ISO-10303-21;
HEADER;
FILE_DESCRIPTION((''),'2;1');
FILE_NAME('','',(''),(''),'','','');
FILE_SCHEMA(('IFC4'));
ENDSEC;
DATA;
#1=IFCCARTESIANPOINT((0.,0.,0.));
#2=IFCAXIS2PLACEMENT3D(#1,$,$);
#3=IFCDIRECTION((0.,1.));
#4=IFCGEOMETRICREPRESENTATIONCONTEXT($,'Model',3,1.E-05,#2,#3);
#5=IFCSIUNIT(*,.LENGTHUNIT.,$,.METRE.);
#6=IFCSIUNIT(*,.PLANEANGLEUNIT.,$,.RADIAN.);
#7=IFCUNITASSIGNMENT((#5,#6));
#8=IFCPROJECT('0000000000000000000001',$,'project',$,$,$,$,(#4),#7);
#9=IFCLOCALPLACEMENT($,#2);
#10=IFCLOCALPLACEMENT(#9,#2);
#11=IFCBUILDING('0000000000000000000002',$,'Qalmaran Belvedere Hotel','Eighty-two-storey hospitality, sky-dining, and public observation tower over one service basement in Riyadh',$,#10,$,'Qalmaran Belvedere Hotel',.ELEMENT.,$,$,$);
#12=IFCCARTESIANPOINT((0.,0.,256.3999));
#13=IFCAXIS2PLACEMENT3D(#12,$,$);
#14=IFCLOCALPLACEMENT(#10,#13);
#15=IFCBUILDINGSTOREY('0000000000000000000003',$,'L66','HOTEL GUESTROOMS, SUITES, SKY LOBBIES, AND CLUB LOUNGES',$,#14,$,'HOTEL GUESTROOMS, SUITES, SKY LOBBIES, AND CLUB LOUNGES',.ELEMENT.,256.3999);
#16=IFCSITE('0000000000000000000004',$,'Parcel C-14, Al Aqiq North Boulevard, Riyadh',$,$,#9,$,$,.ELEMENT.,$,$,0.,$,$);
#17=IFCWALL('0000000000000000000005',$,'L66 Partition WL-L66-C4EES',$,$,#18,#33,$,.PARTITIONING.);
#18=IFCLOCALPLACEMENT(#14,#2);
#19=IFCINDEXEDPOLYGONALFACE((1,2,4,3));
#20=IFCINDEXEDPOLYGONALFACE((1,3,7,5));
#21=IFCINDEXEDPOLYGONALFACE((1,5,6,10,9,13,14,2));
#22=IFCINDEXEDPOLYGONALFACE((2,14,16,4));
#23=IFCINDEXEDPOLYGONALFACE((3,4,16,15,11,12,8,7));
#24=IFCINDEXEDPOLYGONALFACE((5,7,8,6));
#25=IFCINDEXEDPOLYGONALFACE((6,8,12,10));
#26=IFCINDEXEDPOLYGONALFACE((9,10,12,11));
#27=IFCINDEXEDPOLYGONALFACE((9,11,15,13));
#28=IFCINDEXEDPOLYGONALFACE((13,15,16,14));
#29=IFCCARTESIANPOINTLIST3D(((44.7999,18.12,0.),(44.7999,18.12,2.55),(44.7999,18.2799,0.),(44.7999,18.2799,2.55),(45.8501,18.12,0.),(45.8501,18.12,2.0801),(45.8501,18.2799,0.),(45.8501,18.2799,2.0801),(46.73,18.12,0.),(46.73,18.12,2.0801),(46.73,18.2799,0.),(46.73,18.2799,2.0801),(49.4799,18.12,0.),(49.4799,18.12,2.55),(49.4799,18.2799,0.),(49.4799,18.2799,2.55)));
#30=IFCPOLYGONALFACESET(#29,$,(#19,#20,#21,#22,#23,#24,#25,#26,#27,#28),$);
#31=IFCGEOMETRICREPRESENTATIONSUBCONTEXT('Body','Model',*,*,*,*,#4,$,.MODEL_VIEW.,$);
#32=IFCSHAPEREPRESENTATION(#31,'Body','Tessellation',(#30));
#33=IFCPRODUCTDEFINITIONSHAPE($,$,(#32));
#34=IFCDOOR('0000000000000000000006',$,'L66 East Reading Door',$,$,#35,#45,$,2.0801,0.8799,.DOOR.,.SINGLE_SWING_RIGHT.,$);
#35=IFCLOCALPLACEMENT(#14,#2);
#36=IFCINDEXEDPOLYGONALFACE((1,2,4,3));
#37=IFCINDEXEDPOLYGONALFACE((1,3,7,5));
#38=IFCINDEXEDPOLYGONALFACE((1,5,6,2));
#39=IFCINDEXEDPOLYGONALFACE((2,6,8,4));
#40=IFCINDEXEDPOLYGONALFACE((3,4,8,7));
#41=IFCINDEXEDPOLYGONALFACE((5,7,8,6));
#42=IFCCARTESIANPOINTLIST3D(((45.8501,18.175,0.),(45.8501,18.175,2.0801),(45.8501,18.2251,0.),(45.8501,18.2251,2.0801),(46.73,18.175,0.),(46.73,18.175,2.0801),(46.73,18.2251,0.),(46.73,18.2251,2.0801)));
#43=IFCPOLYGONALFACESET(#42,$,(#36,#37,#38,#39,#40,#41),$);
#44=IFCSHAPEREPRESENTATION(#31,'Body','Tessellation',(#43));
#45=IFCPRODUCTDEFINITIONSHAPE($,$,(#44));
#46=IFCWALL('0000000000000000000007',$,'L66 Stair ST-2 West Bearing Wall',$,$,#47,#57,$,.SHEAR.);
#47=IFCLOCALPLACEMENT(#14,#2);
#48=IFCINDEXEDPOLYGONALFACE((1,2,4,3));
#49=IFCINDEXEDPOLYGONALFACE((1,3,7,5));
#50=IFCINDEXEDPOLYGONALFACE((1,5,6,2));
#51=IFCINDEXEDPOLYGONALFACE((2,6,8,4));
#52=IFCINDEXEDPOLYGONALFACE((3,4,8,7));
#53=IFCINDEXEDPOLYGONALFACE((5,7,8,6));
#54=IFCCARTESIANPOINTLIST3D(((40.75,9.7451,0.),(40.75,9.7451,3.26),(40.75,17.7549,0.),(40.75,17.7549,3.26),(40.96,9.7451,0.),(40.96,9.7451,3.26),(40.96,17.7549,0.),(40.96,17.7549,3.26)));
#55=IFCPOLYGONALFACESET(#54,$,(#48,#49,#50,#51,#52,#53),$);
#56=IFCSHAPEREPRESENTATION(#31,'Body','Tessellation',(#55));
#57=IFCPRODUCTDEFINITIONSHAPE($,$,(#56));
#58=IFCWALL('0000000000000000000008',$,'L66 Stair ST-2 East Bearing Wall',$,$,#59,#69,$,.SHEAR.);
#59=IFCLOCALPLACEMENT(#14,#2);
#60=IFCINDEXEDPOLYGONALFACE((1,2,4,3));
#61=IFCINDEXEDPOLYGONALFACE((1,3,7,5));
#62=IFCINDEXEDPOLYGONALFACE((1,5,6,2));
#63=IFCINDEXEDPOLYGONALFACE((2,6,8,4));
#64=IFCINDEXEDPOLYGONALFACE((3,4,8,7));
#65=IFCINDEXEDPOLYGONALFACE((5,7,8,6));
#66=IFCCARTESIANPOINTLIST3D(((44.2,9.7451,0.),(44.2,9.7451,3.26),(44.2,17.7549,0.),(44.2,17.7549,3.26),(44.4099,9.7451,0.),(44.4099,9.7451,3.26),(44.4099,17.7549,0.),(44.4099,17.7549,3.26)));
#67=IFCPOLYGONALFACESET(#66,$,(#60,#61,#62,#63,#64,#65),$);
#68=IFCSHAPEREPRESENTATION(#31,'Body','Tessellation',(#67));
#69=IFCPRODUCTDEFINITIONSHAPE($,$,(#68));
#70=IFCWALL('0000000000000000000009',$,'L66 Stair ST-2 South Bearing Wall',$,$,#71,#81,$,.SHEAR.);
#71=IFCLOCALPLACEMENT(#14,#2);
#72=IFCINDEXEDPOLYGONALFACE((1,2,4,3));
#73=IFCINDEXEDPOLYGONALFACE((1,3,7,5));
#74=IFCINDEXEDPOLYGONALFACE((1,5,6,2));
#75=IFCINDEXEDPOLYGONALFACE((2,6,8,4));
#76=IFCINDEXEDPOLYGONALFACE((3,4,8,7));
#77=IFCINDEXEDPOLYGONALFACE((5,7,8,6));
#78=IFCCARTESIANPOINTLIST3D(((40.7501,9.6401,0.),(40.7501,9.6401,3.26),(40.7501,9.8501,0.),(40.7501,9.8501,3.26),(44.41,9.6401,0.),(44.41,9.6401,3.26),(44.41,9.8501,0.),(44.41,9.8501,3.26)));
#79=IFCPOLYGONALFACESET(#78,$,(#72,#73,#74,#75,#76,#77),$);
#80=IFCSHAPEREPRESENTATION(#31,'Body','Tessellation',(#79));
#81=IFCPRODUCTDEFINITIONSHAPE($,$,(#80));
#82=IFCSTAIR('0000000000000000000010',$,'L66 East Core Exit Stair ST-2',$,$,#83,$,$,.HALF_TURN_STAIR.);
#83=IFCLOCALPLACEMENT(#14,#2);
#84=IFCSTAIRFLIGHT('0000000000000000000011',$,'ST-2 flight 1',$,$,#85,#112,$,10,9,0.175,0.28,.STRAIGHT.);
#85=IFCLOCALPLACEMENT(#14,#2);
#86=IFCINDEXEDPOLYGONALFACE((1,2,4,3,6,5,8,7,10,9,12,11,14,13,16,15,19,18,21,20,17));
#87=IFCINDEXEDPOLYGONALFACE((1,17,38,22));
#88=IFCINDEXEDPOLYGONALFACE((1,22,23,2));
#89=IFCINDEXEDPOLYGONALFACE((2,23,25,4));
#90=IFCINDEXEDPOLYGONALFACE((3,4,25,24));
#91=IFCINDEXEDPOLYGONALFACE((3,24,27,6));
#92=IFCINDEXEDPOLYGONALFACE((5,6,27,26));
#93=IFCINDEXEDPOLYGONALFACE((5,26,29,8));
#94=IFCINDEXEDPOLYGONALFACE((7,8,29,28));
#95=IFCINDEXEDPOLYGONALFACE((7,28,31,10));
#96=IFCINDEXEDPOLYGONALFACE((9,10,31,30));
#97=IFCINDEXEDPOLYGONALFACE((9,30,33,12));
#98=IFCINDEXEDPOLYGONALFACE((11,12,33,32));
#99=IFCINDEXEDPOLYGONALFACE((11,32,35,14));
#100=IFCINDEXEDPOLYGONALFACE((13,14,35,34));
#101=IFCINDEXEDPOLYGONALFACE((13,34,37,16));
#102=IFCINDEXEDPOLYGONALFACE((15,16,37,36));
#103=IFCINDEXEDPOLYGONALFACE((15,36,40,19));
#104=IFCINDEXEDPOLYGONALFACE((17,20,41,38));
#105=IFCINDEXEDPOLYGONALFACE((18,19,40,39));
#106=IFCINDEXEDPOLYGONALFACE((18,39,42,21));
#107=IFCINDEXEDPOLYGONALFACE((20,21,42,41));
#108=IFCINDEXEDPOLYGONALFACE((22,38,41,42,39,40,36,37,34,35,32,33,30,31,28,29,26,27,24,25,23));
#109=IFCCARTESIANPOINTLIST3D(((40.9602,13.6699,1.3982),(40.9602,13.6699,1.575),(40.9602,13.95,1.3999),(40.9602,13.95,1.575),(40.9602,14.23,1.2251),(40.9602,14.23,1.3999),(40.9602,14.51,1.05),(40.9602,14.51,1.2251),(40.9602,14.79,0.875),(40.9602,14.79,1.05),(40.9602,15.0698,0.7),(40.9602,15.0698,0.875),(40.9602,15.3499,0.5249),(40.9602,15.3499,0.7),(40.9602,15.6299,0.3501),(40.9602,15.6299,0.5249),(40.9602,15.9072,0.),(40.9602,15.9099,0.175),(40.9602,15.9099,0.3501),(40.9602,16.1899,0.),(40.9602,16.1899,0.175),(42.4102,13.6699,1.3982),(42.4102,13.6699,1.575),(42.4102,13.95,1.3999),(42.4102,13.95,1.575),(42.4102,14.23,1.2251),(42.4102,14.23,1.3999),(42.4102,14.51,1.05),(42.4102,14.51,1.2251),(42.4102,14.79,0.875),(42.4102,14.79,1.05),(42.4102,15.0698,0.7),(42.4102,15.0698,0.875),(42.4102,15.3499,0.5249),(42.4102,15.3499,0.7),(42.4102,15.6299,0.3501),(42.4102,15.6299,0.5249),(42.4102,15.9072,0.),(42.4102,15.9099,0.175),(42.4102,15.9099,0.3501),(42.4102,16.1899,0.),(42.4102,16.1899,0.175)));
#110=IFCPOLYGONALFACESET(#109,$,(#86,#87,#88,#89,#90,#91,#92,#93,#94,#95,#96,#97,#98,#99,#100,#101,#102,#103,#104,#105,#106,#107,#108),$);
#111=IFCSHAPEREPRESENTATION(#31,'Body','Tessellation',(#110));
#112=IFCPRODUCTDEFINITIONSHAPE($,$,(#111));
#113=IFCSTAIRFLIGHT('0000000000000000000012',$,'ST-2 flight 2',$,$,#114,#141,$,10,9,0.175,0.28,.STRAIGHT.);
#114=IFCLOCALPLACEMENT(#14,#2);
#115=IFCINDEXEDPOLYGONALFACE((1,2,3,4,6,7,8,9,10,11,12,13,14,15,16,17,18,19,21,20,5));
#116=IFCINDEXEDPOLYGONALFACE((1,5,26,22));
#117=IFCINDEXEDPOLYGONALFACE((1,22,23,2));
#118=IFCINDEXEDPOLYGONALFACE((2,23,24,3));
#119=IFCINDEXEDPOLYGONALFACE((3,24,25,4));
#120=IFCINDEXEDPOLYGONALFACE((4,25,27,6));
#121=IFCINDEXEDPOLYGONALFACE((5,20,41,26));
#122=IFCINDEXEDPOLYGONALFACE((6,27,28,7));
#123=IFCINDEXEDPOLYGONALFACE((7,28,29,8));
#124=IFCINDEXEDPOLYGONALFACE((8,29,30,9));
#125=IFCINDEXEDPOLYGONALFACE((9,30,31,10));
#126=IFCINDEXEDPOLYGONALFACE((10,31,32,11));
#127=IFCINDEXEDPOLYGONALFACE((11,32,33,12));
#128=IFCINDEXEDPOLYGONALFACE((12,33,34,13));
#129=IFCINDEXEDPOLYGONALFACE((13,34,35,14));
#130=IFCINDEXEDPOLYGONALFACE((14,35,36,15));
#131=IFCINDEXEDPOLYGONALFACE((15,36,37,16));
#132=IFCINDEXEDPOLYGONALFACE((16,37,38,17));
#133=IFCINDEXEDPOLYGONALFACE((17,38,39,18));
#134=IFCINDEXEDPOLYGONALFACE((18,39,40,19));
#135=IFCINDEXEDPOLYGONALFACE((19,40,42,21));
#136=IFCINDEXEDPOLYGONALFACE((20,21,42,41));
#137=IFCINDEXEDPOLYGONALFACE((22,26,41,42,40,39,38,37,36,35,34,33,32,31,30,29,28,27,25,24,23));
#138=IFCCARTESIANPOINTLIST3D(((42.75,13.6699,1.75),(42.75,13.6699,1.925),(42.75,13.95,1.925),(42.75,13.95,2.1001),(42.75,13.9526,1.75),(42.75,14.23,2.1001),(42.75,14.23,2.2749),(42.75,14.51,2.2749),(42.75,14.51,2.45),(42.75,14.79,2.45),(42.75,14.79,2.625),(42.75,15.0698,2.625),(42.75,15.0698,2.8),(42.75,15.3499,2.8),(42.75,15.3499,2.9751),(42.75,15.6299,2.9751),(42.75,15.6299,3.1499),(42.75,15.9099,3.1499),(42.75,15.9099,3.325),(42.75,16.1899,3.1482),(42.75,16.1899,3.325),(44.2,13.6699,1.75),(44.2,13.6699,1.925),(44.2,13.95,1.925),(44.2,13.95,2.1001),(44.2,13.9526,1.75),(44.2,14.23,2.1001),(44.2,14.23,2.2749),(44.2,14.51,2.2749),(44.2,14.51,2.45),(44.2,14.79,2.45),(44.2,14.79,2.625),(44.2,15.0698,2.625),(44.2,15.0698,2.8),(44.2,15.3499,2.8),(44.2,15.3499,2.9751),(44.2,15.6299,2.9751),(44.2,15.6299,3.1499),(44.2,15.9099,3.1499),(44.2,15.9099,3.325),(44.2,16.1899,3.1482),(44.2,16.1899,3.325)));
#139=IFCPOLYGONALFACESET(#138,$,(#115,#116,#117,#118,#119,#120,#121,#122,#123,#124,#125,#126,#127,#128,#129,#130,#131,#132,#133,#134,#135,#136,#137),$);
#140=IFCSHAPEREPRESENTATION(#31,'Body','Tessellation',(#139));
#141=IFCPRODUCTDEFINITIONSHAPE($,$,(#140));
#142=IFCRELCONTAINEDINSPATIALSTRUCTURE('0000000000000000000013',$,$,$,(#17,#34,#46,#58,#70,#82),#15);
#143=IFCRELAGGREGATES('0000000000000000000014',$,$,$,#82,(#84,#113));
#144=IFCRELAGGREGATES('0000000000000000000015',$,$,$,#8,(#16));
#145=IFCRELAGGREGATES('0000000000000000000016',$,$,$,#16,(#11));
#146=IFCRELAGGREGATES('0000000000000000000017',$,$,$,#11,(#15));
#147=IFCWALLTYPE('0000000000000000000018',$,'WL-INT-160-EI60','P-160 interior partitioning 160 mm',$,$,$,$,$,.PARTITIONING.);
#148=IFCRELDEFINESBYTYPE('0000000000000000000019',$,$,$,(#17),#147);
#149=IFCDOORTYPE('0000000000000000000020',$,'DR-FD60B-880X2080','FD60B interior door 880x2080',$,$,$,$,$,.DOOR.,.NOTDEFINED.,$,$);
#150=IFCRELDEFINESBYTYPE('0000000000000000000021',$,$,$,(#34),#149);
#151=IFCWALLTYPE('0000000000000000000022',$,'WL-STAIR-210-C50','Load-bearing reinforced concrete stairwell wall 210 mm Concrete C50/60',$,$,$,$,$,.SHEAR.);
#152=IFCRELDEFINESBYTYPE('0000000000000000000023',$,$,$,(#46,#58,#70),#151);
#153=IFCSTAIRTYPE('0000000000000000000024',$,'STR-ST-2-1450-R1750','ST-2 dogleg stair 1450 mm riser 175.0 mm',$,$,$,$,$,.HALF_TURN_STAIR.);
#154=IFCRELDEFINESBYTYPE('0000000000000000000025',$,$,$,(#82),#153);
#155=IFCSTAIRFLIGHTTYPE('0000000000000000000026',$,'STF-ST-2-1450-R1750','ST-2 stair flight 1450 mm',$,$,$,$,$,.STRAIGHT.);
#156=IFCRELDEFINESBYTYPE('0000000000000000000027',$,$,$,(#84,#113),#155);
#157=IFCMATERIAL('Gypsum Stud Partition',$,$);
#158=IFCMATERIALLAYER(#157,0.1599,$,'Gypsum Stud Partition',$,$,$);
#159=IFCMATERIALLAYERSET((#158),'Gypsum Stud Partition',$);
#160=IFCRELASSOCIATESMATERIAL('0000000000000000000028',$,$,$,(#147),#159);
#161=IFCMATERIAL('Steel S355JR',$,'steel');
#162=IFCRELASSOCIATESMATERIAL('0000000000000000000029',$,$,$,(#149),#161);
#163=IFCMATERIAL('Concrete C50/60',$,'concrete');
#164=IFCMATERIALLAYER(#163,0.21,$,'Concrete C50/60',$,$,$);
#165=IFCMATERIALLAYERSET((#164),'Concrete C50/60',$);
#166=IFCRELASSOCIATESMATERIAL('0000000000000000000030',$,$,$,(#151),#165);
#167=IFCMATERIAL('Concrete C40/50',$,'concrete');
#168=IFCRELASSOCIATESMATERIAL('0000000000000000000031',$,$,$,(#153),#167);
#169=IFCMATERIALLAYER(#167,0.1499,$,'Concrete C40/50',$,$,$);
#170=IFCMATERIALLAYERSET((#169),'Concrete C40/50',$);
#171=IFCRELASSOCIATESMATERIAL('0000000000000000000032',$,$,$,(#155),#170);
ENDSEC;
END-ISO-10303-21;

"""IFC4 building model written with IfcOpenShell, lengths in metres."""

from ifc_helpers import new_model, si_unit, direction, frame, frame_2d, origin, place, context, subcontext, project, spatial, polyline, rectangle, outline, extrude, material, layer, layer_set, type_object, element, fill, aggregate, save


model = new_model("IFC4")

# Units and contexts
model_context = context("Model", 3, precision=1e-05, world=origin(), true_north=direction((0.0, 1.0)))
body_context = subcontext(model_context, "Body", "Model", "MODEL_VIEW")
ifc_project = project(units=[si_unit("LENGTHUNIT", "METRE"), si_unit("PLANEANGLEUNIT", "RADIAN")], contexts=[model_context])

# Site, building, storey
site_placement = place(None, origin())
site = spatial("IfcSite", under=ifc_project, at=site_placement, Name="Parcel C-14, Al Aqiq North Boulevard, Riyadh", CompositionType="ELEMENT", RefElevation=0.0)
building_placement = place(site_placement, origin())
building = spatial("IfcBuilding", under=site, at=building_placement, Name="Qalmaran Belvedere Hotel", Description="Eighty-two-storey hospitality, sky-dining, and public observation tower over one service basement in Riyadh", LongName="Qalmaran Belvedere Hotel", CompositionType="ELEMENT")
storey_placement = place(building_placement, frame((0.0, 0.0, 256.3999)))
storey = spatial("IfcBuildingStorey", under=building, at=storey_placement, Name="L66", Description="HOTEL GUESTROOMS, SUITES, SKY LOBBIES, AND CLUB LOUNGES", LongName="HOTEL GUESTROOMS, SUITES, SKY LOBBIES, AND CLUB LOUNGES", CompositionType="ELEMENT", Elevation=256.3999)

# Shared definitions
ifc_material_1 = material(Name="Concrete C50/60", Category="concrete")

# Shared definitions
ifc_material_2 = material(Name="Steel S355JR", Category="steel")

# Wall, opening, door
ifc_material_3 = material(Name="Gypsum Stud Partition")
ifc_layer_1 = layer(ifc_material_3, 0.1599, Name="Gypsum Stud Partition")
ifc_layer_set_1 = layer_set([ifc_layer_1], Name="Gypsum Stud Partition")
wall_type_1 = type_object("IfcWallType", Name="WL-INT-160-EI60", Description="P-160 interior partitioning 160 mm", PredefinedType="PARTITIONING", material=ifc_layer_set_1)
wall_1_placement = place(storey_placement, frame((44.8, 18.2, 0.0), z_axis=(0.0, 0.0, 1.0), x_axis=(1.0, 0.0, 0.0)))
wall_1 = element("IfcWall", 1, at=wall_1_placement, inside=storey, type_object=wall_type_1, Name="L66 Partition WL-L66-C4EES", PredefinedType="PARTITIONING", context=body_context, shape_type="SweptSolid", body=[
    extrude(rectangle(XDim=4.6799, YDim=0.1599, at=frame_2d((2.3398, 0.0))), origin(), (0.0, 0.0, 1.0), 2.55),
])
opening_1_placement = place(wall_1_placement, frame((1.9299, 0.0, 0.0), z_axis=(0.0, 0.0, 1.0), x_axis=(-1.0, 0.0, 0.0)))
opening_1 = element("IfcOpeningElement", 2, at=opening_1_placement, cuts=wall_1, PredefinedType="OPENING", context=body_context, shape_type="SweptSolid", body=[
    extrude(rectangle(XDim=0.8799, YDim=2.0801, at=frame_2d((0.4399, 1.04))), frame((0.0, 0.0898, 0.0), z_axis=(0.0, -1.0, 0.0), x_axis=(1.0, 0.0, 0.0)), (0.0, 0.0, 1.0), 0.1799),
])
door_type = type_object("IfcDoorType", Name="DR-FD60B-880X2080", Description="FD60B interior door 880x2080", OperationType="NOTDEFINED", PredefinedType="DOOR", material=ifc_material_2)
door_placement = place(opening_1_placement, origin())
door = element("IfcDoor", 3, at=door_placement, inside=storey, type_object=door_type, Name="L66 East Reading Door", OperationType="SINGLE_SWING_RIGHT", OverallHeight=2.0801, OverallWidth=0.8799, PredefinedType="DOOR", context=body_context, shape_type="SweptSolid", body=[
    extrude(rectangle(XDim=0.8799, YDim=2.0801, at=frame_2d((0.4399, 1.04))), frame((0.0, 0.0249, 0.0), z_axis=(0.0, -1.0, 0.0), x_axis=(1.0, 0.0, 0.0)), (0.0, 0.0, 1.0), 0.05),
])
fill(opening_1, door)

# Walls
ifc_layer_2 = layer(ifc_material_1, 0.21, Name="Concrete C50/60")
ifc_layer_set_2 = layer_set([ifc_layer_2], Name="Concrete C50/60")
wall_type_2 = type_object("IfcWallType", Name="WL-STAIR-210-C50", Description="Load-bearing reinforced concrete stairwell wall 210 mm Concrete C50/60", PredefinedType="SHEAR", material=ifc_layer_set_2)
for number, where, z_axis, x_axis, name in (
    (4, (40.855, 9.7451, 0.0), (0.0, 0.0, 1.0), (0.0, 1.0, 0.0), "L66 Stair ST-2 West Bearing Wall"),
    (5, (44.3049, 9.7451, 0.0), (0.0, 0.0, 1.0), (0.0, 1.0, 0.0), "L66 Stair ST-2 East Bearing Wall"),
):
    element("IfcWall", number, at=place(storey_placement, frame(where, z_axis=z_axis, x_axis=x_axis)), inside=storey, type_object=wall_type_2, Name=name, PredefinedType="SHEAR", context=body_context, shape_type="SweptSolid", body=[
        extrude(rectangle(XDim=8.0098, YDim=0.21, at=frame_2d((4.0049, 0.0))), origin(), (0.0, 0.0, 1.0), 3.26),
    ])
wall_2_placement = place(storey_placement, frame((40.75, 9.7451, 0.0), z_axis=(0.0, 0.0, 1.0), x_axis=(1.0, 0.0, 0.0)))
element("IfcWall", 6, at=wall_2_placement, inside=storey, type_object=wall_type_2, Name="L66 Stair ST-2 South Bearing Wall", PredefinedType="SHEAR", context=body_context, shape_type="SweptSolid", body=[
    extrude(rectangle(XDim=3.6599, YDim=0.21, at=frame_2d((1.8301, 0.0))), origin(), (0.0, 0.0, 1.0), 3.26),
])

# Stair, stair flights
ifc_material_4 = material(Name="Concrete C40/50", Category="concrete")
stair_type = type_object("IfcStairType", Name="STR-ST-2-1450-R1750", Description="ST-2 dogleg stair 1450 mm riser 175.0 mm", PredefinedType="HALF_TURN_STAIR", material=ifc_material_4)
stair_placement = place(storey_placement, origin())
stair = element("IfcStair", 7, at=stair_placement, inside=storey, type_object=stair_type, Name="L66 East Core Exit Stair ST-2", PredefinedType="HALF_TURN_STAIR")
ifc_layer_3 = layer(ifc_material_4, 0.1499, Name="Concrete C40/50")
ifc_layer_set_3 = layer_set([ifc_layer_3], Name="Concrete C40/50")
stair_flight_type = type_object("IfcStairFlightType", Name="STF-ST-2-1450-R1750", Description="ST-2 stair flight 1450 mm", PredefinedType="STRAIGHT", material=ifc_layer_set_3)
stair_flight_1_placement = place(storey_placement, frame((41.6851, 16.1899, 0.0), z_axis=(0.0, 0.0, 1.0), x_axis=(0.0, -1.0, 0.0)))
stair_flight_1 = element("IfcStairFlight", 8, at=stair_flight_1_placement, type_object=stair_flight_type, Name="ST-2 flight 1", NumberOfRisers=10, NumberOfTreads=9, PredefinedType="STRAIGHT", RiserHeight=0.175, TreadLength=0.28, context=body_context, shape_type="SweptSolid", body=[
    extrude(outline(polyline([(0.0, 0.0), (0.0, 0.175), (0.28, 0.175), (0.28, 0.3501), (0.5601, 0.3501), (0.5601, 0.5249), (0.8401, 0.5249), (0.8401, 0.7), (1.1201, 0.7), (1.1201, 0.875), (1.3999, 0.875), (1.3999, 1.05), (1.6799, 1.05), (1.6799, 1.2251), (1.96, 1.2251), (1.96, 1.3999), (2.24, 1.3999), (2.24, 1.575), (2.52, 1.575), (2.52, 1.75), (2.52, 1.3982), (0.2827, 0.0), (0.0, 0.0)])), frame((0.0, 0.7251, 0.0), z_axis=(0.0, -1.0, 0.0), x_axis=(1.0, 0.0, 0.0)), (0.0, 0.0, 1.0), 1.45),
])
stair_flight_2_placement = place(storey_placement, frame((43.4751, 13.6699, 1.75), z_axis=(0.0, 0.0, 1.0), x_axis=(0.0, 1.0, 0.0)))
stair_flight_2 = element("IfcStairFlight", 9, at=stair_flight_2_placement, type_object=stair_flight_type, Name="ST-2 flight 2", NumberOfRisers=10, NumberOfTreads=9, PredefinedType="STRAIGHT", RiserHeight=0.175, TreadLength=0.28, context=body_context, shape_type="SweptSolid", body=[
    extrude(outline(polyline([(0.0, 0.0), (0.0, 0.175), (0.28, 0.175), (0.28, 0.3501), (0.5601, 0.3501), (0.5601, 0.5249), (0.8401, 0.5249), (0.8401, 0.7), (1.1201, 0.7), (1.1201, 0.875), (1.3999, 0.875), (1.3999, 1.05), (1.6799, 1.05), (1.6799, 1.2251), (1.96, 1.2251), (1.96, 1.3999), (2.24, 1.3999), (2.24, 1.575), (2.52, 1.575), (2.52, 1.75), (2.52, 1.3982), (0.2827, 0.0), (0.0, 0.0)])), frame((0.0, 0.7251, 0.0), z_axis=(0.0, -1.0, 0.0), x_axis=(1.0, 0.0, 0.0)), (0.0, 0.0, 1.0), 1.45),
])
aggregate(stair, [stair_flight_1, stair_flight_2])

save(model, "model.ifc")
